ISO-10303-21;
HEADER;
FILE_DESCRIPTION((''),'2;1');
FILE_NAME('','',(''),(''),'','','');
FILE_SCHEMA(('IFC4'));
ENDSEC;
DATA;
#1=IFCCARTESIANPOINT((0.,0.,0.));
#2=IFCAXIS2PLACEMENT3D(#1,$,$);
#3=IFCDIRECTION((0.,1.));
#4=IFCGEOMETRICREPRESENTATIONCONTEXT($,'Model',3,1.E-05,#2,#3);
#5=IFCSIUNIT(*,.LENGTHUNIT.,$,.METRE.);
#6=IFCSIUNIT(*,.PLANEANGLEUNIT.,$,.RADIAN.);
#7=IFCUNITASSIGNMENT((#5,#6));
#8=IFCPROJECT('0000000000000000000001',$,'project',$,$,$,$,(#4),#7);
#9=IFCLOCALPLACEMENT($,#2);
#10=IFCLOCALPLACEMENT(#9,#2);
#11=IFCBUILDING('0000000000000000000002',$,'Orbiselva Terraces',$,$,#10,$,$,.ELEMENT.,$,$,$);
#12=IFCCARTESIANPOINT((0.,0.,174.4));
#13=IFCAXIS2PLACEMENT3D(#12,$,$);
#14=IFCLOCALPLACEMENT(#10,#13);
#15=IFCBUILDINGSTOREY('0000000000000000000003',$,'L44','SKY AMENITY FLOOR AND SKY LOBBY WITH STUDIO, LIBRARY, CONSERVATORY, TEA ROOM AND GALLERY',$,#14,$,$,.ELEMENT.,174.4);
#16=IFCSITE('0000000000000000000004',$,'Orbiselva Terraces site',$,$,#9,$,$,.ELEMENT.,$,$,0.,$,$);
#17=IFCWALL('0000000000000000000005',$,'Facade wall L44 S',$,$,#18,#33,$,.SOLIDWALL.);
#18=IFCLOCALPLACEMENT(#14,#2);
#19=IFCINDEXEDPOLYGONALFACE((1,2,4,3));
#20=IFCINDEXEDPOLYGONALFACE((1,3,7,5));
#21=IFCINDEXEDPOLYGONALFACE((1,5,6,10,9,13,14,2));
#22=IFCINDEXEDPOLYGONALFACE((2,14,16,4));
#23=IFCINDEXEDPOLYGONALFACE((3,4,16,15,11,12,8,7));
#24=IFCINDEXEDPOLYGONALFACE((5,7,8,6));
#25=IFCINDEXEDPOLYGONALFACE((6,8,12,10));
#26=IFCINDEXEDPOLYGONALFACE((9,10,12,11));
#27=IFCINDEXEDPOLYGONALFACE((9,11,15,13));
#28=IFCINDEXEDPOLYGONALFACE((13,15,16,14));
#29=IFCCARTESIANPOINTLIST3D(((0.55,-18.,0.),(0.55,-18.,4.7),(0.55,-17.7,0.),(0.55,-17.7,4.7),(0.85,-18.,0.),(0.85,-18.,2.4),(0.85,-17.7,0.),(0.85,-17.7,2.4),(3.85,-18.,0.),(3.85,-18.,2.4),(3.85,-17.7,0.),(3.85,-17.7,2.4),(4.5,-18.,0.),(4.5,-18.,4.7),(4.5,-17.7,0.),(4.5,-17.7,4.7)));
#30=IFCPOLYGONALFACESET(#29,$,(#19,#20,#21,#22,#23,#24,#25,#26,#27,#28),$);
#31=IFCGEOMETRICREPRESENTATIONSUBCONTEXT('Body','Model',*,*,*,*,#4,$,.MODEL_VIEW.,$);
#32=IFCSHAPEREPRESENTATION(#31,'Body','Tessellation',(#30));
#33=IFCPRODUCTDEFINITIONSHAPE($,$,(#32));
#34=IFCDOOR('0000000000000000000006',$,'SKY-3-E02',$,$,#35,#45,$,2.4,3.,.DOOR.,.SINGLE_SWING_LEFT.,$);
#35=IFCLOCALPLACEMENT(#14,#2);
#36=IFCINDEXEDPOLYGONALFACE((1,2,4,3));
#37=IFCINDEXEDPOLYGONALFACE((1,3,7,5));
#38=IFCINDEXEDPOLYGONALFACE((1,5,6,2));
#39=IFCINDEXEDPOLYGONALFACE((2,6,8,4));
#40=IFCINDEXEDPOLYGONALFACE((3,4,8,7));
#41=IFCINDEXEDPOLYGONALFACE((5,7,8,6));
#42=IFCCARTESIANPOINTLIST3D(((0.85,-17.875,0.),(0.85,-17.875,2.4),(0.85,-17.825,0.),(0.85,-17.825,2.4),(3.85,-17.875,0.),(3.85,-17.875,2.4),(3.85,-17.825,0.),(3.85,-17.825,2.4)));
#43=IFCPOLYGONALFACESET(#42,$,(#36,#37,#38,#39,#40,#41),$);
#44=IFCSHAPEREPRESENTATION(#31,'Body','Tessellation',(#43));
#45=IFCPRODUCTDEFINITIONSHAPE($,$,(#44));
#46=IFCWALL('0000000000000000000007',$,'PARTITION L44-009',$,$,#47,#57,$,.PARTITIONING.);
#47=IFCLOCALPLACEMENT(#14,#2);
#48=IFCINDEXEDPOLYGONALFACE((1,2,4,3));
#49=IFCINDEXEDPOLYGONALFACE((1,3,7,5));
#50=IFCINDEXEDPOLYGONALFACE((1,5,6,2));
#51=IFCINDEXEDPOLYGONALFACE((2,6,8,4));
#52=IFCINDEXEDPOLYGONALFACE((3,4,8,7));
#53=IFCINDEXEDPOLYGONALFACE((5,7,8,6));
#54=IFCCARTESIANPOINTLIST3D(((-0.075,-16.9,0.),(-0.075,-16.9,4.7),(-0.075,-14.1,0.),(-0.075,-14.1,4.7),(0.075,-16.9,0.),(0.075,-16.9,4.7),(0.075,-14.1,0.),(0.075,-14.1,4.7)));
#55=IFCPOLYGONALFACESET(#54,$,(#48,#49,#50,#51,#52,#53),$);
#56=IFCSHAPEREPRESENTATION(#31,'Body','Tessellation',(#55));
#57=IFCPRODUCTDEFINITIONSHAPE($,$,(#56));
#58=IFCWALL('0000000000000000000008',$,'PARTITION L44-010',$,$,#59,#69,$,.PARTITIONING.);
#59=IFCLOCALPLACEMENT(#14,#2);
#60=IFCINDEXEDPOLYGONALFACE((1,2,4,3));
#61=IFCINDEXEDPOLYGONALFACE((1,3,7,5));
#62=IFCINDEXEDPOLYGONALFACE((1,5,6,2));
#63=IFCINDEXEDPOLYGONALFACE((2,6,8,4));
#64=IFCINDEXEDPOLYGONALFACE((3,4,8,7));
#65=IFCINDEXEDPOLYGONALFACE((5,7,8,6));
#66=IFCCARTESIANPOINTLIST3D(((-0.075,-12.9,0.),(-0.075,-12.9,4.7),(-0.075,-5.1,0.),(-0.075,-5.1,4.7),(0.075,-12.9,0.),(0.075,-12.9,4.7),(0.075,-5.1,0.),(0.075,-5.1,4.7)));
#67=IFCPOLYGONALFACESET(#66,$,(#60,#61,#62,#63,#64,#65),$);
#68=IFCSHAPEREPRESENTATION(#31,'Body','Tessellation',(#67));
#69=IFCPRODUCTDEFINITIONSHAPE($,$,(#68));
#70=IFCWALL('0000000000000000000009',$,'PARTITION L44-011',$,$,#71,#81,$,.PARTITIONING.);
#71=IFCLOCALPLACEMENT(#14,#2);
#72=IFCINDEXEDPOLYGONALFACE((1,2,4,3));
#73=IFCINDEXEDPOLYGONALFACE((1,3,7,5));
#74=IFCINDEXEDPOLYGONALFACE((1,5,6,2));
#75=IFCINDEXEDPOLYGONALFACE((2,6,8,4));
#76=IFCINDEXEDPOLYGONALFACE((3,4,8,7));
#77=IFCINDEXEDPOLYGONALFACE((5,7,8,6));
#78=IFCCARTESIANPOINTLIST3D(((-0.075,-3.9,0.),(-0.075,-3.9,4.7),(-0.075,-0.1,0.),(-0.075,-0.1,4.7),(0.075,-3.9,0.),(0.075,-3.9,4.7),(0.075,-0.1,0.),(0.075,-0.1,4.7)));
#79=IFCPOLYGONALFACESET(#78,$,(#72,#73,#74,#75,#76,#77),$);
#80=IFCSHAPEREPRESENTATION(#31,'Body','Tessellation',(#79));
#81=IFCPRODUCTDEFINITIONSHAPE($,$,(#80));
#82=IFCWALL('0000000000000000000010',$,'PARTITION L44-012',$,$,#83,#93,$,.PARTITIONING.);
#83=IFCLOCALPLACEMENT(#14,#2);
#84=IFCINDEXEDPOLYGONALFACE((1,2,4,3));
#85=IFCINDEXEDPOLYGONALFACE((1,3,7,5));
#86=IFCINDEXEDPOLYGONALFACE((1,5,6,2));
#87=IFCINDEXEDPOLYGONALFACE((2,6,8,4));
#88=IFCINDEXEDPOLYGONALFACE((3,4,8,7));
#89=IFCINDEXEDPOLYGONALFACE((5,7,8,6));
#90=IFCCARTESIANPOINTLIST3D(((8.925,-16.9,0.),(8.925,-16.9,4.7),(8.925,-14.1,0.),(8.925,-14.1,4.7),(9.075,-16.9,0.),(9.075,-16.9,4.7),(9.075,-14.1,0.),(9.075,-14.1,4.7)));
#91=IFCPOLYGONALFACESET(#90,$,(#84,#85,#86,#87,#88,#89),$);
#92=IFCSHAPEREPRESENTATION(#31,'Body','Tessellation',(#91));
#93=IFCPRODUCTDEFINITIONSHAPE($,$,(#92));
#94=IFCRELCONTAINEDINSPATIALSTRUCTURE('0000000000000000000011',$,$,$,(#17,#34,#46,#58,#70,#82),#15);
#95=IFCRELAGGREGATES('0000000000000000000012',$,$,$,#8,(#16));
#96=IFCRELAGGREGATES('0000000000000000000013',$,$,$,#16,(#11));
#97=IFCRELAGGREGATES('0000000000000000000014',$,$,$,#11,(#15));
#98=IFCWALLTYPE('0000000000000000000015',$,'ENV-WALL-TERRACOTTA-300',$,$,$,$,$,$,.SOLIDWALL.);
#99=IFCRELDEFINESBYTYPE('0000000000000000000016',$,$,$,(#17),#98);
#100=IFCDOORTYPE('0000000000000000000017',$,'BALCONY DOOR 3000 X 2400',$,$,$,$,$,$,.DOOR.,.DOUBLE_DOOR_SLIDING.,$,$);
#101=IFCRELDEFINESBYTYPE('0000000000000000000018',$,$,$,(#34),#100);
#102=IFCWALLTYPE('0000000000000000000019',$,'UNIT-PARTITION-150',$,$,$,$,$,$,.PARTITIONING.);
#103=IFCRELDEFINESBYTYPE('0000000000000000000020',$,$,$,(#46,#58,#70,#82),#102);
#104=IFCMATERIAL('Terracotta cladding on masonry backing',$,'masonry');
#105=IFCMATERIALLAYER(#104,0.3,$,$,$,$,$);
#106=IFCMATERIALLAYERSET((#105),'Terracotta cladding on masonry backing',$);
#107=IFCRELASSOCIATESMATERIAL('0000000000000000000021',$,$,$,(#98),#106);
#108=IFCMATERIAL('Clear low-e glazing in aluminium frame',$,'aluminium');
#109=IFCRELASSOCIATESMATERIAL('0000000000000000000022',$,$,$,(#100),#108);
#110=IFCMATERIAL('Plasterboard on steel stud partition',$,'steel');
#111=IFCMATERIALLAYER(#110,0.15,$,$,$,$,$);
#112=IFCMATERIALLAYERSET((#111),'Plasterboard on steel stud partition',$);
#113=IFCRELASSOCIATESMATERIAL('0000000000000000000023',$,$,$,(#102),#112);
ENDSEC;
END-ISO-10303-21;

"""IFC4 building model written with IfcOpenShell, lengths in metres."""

from ifc_helpers import new_model, si_unit, direction, frame, frame_2d, origin, place, context, subcontext, project, spatial, rectangle, extrude, material, layer, layer_set, type_object, element, fill, save


model = new_model("IFC4")

# Units and contexts
model_context = context("Model", 3, precision=1e-05, world=origin(), true_north=direction((0.0, 1.0)))
body_context = subcontext(model_context, "Body", "Model", "MODEL_VIEW")
ifc_project = project(units=[si_unit("LENGTHUNIT", "METRE"), si_unit("PLANEANGLEUNIT", "RADIAN")], contexts=[model_context])

# Site, building, storey
site_placement = place(None, origin())
site = spatial("IfcSite", under=ifc_project, at=site_placement, Name="Orbiselva Terraces site", CompositionType="ELEMENT", RefElevation=0.0)
building_placement = place(site_placement, origin())
building = spatial("IfcBuilding", under=site, at=building_placement, Name="Orbiselva Terraces", CompositionType="ELEMENT")
storey_placement = place(building_placement, frame((0.0, 0.0, 174.4)))
storey = spatial("IfcBuildingStorey", under=building, at=storey_placement, Name="L44", Description="SKY AMENITY FLOOR AND SKY LOBBY WITH STUDIO, LIBRARY, CONSERVATORY, TEA ROOM AND GALLERY", CompositionType="ELEMENT", Elevation=174.4)

# Shared definitions
ifc_material_1 = material(Name="Clear low-e glazing in aluminium frame", Category="aluminium")

# Wall, opening, door
ifc_material_2 = material(Name="Terracotta cladding on masonry backing", Category="masonry")
ifc_layer_1 = layer(ifc_material_2, 0.3)
ifc_layer_set_1 = layer_set([ifc_layer_1], Name="Terracotta cladding on masonry backing")
wall_type_1 = type_object("IfcWallType", Name="ENV-WALL-TERRACOTTA-300", PredefinedType="SOLIDWALL", material=ifc_layer_set_1)
wall_1_placement = place(storey_placement, frame((4.5, -17.85, 0.0), z_axis=(0.0, 0.0, 1.0), x_axis=(-1.0, 0.0, 0.0)))
wall_1 = element("IfcWall", 1, at=wall_1_placement, inside=storey, type_object=wall_type_1, Name="Facade wall L44 S", PredefinedType="SOLIDWALL", context=body_context, shape_type="SweptSolid", body=[
    extrude(rectangle(XDim=3.95, YDim=0.3, at=frame_2d((1.975, 0.0))), origin(), (0.0, 0.0, 1.0), 4.7),
])
opening_placement = place(wall_1_placement, frame((0.65, 0.0, 0.0)))
opening = element("IfcOpeningElement", 2, at=opening_placement, cuts=wall_1, PredefinedType="OPENING", context=body_context, shape_type="SweptSolid", body=[
    extrude(rectangle(XDim=3.0, YDim=2.4, at=frame_2d((1.5, 1.2))), frame((0.0, 0.16, 0.0), z_axis=(0.0, -1.0, 0.0), x_axis=(1.0, 0.0, 0.0)), (0.0, 0.0, 1.0), 0.32),
])
door_type = type_object("IfcDoorType", Name="BALCONY DOOR 3000 X 2400", OperationType="DOUBLE_DOOR_SLIDING", PredefinedType="DOOR", material=ifc_material_1)
door_placement = place(opening_placement, origin())
door = element("IfcDoor", 3, at=door_placement, inside=storey, type_object=door_type, Name="SKY-3-E02", OperationType="SINGLE_SWING_LEFT", OverallHeight=2.4, OverallWidth=3.0, PredefinedType="DOOR", context=body_context, shape_type="SweptSolid", body=[
    extrude(rectangle(XDim=3.0, YDim=2.4, at=frame_2d((1.5, 1.2))), frame((0.0, 0.025, 0.0), z_axis=(0.0, -1.0, 0.0), x_axis=(1.0, 0.0, 0.0)), (0.0, 0.0, 1.0), 0.05),
])
fill(opening, door)

# Walls
ifc_material_3 = material(Name="Plasterboard on steel stud partition", Category="steel")
ifc_layer_2 = layer(ifc_material_3, 0.15)
ifc_layer_set_2 = layer_set([ifc_layer_2], Name="Plasterboard on steel stud partition")
wall_type_2 = type_object("IfcWallType", Name="UNIT-PARTITION-150", PredefinedType="PARTITIONING", material=ifc_layer_set_2)
wall_2_placement = place(storey_placement, frame((0.0, -16.9, 0.0), z_axis=(0.0, 0.0, 1.0), x_axis=(0.0, 1.0, 0.0)))
element("IfcWall", 4, at=wall_2_placement, inside=storey, type_object=wall_type_2, Name="PARTITION L44-009", PredefinedType="PARTITIONING", context=body_context, shape_type="SweptSolid", body=[
    extrude(rectangle(XDim=2.8, YDim=0.15, at=frame_2d((1.4, 0.0))), origin(), (0.0, 0.0, 1.0), 4.7),
])
wall_3_placement = place(storey_placement, frame((0.0, -12.9, 0.0), z_axis=(0.0, 0.0, 1.0), x_axis=(0.0, 1.0, 0.0)))
element("IfcWall", 5, at=wall_3_placement, inside=storey, type_object=wall_type_2, Name="PARTITION L44-010", PredefinedType="PARTITIONING", context=body_context, shape_type="SweptSolid", body=[
    extrude(rectangle(XDim=7.8, YDim=0.15, at=frame_2d((3.9, 0.0))), origin(), (0.0, 0.0, 1.0), 4.7),
])
wall_4_placement = place(storey_placement, frame((0.0, -3.9, 0.0), z_axis=(0.0, 0.0, 1.0), x_axis=(0.0, 1.0, 0.0)))
element("IfcWall", 6, at=wall_4_placement, inside=storey, type_object=wall_type_2, Name="PARTITION L44-011", PredefinedType="PARTITIONING", context=body_context, shape_type="SweptSolid", body=[
    extrude(rectangle(XDim=3.8, YDim=0.15, at=frame_2d((1.9, 0.0))), origin(), (0.0, 0.0, 1.0), 4.7),
])
wall_5_placement = place(storey_placement, frame((9.0, -16.9, 0.0), z_axis=(0.0, 0.0, 1.0), x_axis=(0.0, 1.0, 0.0)))
element("IfcWall", 7, at=wall_5_placement, inside=storey, type_object=wall_type_2, Name="PARTITION L44-012", PredefinedType="PARTITIONING", context=body_context, shape_type="SweptSolid", body=[
    extrude(rectangle(XDim=2.8, YDim=0.15, at=frame_2d((1.4, 0.0))), origin(), (0.0, 0.0, 1.0), 4.7),
])

save(model, "model.ifc")
